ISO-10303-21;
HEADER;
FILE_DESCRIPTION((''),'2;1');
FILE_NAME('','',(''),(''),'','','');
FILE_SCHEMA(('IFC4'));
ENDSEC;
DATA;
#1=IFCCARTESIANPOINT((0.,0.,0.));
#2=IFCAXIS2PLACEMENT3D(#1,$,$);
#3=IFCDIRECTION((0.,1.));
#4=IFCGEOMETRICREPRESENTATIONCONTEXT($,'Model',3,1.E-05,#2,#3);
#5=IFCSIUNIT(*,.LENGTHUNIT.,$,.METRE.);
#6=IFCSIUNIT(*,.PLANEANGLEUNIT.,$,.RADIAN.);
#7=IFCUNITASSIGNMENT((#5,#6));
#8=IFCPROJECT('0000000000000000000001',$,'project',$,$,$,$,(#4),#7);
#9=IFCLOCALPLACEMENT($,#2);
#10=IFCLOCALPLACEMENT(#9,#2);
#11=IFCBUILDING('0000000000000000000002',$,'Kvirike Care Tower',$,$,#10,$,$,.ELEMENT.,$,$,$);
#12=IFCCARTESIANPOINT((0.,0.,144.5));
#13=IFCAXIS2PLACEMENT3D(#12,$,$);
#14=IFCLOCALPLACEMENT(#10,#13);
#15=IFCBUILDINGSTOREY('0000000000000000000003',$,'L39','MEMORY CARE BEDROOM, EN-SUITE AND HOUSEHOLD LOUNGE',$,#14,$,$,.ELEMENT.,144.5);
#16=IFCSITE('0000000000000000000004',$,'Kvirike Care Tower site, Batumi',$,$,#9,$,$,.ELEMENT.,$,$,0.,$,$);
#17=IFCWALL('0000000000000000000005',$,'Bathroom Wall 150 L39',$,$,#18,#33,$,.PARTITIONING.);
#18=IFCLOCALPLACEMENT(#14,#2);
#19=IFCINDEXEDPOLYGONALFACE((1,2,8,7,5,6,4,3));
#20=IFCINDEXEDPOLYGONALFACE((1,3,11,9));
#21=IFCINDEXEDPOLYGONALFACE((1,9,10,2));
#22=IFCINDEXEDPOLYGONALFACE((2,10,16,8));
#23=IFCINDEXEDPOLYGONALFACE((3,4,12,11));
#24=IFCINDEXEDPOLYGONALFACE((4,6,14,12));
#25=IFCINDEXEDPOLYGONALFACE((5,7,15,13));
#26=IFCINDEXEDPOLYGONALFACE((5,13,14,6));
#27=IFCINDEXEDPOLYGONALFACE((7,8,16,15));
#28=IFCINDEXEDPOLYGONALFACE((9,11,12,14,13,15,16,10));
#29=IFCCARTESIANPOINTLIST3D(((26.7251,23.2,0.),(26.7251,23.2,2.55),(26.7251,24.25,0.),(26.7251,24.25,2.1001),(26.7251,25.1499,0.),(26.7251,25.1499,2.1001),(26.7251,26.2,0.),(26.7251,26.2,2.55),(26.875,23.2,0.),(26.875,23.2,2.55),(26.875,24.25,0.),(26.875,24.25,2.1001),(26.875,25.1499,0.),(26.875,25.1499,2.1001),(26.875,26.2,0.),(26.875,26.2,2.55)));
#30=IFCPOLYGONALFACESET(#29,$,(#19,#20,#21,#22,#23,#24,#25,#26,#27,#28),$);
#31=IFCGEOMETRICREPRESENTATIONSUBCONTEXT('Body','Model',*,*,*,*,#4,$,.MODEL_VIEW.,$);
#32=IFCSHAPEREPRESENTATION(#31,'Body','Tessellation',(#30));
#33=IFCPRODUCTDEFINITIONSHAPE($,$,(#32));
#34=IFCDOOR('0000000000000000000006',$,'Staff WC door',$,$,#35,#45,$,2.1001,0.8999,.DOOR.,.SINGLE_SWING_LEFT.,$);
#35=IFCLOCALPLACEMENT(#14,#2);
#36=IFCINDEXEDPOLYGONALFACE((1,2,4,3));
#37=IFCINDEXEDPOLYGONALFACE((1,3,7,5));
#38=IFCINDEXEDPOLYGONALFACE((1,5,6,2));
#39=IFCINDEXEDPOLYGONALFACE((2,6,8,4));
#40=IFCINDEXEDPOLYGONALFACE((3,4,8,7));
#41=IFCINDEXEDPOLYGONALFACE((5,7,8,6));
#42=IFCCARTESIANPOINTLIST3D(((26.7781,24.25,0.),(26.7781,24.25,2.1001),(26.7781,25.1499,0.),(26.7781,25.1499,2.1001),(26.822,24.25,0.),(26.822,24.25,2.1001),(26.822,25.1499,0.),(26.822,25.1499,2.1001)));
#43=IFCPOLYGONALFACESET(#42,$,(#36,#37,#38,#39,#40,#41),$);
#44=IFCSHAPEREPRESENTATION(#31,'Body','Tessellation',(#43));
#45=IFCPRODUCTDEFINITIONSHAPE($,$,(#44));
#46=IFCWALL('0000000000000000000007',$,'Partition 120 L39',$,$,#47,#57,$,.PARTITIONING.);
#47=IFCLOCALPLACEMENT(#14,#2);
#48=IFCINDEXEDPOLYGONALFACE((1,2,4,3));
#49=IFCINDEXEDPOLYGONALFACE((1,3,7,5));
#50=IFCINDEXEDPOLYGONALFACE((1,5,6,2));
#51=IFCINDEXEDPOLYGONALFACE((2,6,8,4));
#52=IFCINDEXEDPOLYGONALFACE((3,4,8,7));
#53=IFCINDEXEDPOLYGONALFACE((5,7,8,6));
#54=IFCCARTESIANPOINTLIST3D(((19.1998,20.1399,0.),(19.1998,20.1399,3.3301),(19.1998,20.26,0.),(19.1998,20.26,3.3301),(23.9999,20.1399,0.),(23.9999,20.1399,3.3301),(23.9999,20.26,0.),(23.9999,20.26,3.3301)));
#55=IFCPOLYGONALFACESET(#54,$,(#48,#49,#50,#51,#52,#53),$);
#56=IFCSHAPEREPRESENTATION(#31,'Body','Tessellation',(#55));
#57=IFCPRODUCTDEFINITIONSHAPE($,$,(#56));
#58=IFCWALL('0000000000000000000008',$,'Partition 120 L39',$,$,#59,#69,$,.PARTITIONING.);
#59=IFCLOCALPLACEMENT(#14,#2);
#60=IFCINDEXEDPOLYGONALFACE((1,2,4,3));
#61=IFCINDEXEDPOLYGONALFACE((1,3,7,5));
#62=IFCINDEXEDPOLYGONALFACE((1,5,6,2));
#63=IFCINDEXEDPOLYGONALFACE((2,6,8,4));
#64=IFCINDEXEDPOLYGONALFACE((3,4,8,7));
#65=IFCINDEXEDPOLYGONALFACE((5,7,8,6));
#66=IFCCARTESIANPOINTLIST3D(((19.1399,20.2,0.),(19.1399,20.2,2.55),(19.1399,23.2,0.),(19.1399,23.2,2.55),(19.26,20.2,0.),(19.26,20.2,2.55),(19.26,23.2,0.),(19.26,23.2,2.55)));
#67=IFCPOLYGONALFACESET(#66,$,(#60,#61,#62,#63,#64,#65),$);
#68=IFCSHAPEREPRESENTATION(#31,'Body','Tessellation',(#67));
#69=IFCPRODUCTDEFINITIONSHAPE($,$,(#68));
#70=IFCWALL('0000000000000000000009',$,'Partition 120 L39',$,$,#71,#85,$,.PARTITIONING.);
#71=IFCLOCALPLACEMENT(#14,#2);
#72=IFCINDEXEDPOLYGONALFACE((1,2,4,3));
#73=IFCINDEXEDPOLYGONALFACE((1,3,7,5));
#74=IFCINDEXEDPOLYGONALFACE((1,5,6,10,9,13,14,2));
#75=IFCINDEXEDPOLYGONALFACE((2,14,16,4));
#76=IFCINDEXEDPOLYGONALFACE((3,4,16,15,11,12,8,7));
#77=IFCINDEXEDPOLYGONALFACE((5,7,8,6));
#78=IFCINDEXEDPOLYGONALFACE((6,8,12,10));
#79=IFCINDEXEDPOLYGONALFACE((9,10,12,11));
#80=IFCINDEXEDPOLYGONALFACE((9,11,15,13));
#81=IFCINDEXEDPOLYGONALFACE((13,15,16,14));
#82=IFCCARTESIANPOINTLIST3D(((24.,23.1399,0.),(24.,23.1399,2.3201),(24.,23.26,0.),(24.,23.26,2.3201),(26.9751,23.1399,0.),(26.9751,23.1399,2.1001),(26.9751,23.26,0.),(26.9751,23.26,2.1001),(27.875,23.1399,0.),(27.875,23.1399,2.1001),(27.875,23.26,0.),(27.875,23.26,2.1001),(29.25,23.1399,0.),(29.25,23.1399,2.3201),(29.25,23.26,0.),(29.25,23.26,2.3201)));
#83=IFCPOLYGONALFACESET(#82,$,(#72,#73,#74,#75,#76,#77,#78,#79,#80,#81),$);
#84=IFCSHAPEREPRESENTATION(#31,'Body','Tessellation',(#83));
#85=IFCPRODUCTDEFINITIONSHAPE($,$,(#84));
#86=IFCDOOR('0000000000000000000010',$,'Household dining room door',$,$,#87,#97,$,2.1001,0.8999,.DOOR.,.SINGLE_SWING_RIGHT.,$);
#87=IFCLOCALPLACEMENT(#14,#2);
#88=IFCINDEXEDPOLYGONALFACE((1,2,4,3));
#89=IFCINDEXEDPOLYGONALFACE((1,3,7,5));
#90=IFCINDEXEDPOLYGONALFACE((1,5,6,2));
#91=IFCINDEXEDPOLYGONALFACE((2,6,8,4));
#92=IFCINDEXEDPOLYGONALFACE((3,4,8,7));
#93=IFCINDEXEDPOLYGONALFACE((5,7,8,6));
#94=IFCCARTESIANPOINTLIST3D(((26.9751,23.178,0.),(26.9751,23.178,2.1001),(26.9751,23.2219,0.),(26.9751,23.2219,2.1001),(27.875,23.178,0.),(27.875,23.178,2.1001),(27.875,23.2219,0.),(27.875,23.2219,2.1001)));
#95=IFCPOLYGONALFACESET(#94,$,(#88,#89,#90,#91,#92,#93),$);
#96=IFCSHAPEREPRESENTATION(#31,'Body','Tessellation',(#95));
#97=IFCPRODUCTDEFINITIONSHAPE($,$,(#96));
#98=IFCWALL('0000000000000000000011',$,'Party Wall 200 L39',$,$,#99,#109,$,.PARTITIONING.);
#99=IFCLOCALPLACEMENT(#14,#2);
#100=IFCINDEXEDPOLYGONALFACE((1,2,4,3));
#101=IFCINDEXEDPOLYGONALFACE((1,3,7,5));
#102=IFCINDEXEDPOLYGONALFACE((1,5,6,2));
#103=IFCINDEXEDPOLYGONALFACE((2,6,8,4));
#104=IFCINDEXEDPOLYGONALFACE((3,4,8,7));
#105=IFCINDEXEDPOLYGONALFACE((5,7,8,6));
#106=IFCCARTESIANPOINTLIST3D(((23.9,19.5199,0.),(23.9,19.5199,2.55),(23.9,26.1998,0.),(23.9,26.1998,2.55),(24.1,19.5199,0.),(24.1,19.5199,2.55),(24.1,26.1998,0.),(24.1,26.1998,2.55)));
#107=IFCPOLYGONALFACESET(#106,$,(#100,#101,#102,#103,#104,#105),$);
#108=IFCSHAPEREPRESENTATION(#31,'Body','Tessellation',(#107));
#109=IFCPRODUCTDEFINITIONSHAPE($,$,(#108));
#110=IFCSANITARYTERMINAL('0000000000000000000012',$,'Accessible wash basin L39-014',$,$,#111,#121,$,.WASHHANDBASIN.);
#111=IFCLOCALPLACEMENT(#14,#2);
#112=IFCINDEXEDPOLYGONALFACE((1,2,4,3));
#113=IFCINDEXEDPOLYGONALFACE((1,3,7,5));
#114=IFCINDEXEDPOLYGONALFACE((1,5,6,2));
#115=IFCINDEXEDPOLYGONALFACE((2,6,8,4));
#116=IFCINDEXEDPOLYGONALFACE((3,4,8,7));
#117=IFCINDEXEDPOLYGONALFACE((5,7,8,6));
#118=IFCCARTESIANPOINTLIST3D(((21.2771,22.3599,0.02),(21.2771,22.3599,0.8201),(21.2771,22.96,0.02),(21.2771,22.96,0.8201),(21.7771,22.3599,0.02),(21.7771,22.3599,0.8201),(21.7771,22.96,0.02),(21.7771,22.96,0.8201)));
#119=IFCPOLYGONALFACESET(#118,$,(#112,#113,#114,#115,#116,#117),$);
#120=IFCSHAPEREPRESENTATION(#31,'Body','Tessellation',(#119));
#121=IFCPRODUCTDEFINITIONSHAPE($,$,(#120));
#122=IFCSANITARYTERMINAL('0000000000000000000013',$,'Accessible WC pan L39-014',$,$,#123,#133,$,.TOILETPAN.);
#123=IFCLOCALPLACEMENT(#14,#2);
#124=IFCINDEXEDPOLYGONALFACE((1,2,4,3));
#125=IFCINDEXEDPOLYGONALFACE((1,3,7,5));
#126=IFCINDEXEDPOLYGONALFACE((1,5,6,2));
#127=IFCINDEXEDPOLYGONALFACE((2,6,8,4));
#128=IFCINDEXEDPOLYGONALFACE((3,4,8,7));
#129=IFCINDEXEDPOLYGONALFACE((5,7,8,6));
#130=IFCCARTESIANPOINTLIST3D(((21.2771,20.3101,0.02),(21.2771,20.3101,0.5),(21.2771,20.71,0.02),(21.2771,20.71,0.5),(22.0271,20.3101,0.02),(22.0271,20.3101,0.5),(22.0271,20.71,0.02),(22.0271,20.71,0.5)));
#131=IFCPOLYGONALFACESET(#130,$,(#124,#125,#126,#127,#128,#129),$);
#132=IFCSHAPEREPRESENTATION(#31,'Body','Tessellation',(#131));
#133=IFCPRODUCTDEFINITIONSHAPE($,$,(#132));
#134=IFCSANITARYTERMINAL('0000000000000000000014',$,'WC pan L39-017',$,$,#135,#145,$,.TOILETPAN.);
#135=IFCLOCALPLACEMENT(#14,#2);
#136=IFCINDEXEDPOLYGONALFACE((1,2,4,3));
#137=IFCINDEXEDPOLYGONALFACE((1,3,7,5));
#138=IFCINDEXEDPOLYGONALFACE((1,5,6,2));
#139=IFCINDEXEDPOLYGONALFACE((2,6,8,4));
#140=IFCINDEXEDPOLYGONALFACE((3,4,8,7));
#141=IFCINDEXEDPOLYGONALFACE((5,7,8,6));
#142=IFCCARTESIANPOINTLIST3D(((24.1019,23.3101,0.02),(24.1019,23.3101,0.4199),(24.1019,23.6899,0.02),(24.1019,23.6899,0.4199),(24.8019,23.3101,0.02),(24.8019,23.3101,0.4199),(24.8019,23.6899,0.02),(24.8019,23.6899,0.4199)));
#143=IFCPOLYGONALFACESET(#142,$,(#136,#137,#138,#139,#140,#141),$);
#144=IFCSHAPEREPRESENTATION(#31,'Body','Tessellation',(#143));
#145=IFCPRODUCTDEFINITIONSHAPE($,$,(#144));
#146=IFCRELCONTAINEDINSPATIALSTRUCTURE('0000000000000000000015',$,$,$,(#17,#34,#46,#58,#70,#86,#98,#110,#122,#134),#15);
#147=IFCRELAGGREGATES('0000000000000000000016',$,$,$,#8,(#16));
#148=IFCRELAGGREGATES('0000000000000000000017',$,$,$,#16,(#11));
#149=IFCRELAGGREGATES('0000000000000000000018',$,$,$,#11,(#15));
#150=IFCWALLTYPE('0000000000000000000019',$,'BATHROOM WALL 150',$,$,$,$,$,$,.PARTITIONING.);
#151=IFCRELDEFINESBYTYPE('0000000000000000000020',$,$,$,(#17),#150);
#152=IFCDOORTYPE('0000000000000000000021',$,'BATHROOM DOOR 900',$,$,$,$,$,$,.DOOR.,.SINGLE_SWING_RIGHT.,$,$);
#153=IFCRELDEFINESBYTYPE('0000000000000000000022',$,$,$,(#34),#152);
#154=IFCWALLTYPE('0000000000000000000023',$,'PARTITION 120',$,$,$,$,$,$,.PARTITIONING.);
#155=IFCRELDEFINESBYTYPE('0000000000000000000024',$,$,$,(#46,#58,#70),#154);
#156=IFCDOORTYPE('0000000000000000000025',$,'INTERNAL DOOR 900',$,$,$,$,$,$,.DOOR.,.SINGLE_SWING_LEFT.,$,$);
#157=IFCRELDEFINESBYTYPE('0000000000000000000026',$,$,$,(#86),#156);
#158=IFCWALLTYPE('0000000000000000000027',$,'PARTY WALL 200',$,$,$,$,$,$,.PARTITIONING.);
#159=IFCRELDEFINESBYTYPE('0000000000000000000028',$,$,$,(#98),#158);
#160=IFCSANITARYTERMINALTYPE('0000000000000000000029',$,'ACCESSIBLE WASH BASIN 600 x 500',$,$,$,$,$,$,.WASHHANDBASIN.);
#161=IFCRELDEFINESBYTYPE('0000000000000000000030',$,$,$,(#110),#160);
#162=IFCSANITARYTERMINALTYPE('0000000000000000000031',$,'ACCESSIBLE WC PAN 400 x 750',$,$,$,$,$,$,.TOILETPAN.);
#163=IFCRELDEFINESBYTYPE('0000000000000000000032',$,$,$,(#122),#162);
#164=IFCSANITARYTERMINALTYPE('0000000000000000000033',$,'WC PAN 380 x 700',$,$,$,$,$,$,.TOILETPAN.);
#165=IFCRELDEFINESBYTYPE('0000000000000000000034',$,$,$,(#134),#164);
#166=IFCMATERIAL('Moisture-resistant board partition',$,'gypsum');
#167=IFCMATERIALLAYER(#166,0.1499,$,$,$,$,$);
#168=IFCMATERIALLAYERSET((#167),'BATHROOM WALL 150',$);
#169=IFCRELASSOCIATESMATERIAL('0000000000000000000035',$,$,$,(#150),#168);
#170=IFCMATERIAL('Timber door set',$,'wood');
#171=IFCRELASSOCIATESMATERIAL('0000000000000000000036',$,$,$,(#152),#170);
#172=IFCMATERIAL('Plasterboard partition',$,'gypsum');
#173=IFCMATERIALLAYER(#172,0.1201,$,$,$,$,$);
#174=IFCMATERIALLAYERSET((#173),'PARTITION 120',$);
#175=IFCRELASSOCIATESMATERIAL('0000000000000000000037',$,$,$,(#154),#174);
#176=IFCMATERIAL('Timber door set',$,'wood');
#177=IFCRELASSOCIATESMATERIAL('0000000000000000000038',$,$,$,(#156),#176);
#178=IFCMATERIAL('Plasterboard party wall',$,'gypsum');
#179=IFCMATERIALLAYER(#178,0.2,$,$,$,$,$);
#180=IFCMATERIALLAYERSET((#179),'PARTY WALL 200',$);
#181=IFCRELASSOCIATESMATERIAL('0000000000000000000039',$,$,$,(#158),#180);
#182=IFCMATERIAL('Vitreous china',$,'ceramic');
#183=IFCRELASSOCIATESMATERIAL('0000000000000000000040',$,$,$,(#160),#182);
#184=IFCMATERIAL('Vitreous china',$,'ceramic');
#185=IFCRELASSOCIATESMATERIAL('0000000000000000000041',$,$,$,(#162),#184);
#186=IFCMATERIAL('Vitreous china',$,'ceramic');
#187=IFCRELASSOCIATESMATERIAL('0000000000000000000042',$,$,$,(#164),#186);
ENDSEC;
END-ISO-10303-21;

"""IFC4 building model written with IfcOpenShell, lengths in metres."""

from ifc_helpers import new_model, si_unit, direction, frame, frame_2d, origin, origin_2d, place, context, subcontext, project, spatial, rectangle, extrude, material, layer, layer_set, type_object, element, fill, save


model = new_model("IFC4")

# Units and contexts
model_context = context("Model", 3, precision=1e-05, world=origin(), true_north=direction((0.0, 1.0)))
body_context = subcontext(model_context, "Body", "Model", "MODEL_VIEW")
ifc_project = project(units=[si_unit("LENGTHUNIT", "METRE"), si_unit("PLANEANGLEUNIT", "RADIAN")], contexts=[model_context])

# Site, building, storey
site_placement = place(None, origin())
site = spatial("IfcSite", under=ifc_project, at=site_placement, Name="Kvirike Care Tower site, Batumi", CompositionType="ELEMENT", RefElevation=0.0)
building_placement = place(site_placement, origin())
building = spatial("IfcBuilding", under=site, at=building_placement, Name="Kvirike Care Tower", CompositionType="ELEMENT")
storey_placement = place(building_placement, frame((0.0, 0.0, 144.5)))
storey = spatial("IfcBuildingStorey", under=building, at=storey_placement, Name="L39", Description="MEMORY CARE BEDROOM, EN-SUITE AND HOUSEHOLD LOUNGE", CompositionType="ELEMENT", Elevation=144.5)

# Shared definitions
ifc_material_1 = material(Name="Moisture-resistant board partition", Category="gypsum")
ifc_layer_1 = layer(ifc_material_1, 0.1499)
ifc_layer_set_1 = layer_set([ifc_layer_1], Name="BATHROOM WALL 150")
wall_type_1 = type_object("IfcWallType", Name="BATHROOM WALL 150", PredefinedType="PARTITIONING", material=ifc_layer_set_1)
ifc_material_2 = material(Name="Timber door set", Category="wood")
door_type_1 = type_object("IfcDoorType", Name="BATHROOM DOOR 900", OperationType="SINGLE_SWING_RIGHT", PredefinedType="DOOR", material=ifc_material_2)

# Wall, opening, door
wall_1_placement = place(storey_placement, frame((26.8, 23.2, 0.0), z_axis=(0.0, 0.0, 1.0), x_axis=(0.0, 1.0, 0.0)))
wall_1 = element("IfcWall", 1, at=wall_1_placement, inside=storey, type_object=wall_type_1, Name="Bathroom Wall 150 L39", PredefinedType="PARTITIONING", context=body_context, shape_type="SweptSolid", body=[
    extrude(rectangle(XDim=3.0, YDim=0.1499, at=frame_2d((1.5, 0.0))), origin(), (0.0, 0.0, 1.0), 2.55),
])
opening_1_placement = place(wall_1_placement, frame((1.05, 0.0, 0.0)))
opening_1 = element("IfcOpeningElement", 2, at=opening_1_placement, cuts=wall_1, PredefinedType="OPENING", context=body_context, shape_type="SweptSolid", body=[
    extrude(rectangle(XDim=0.8999, YDim=2.1001, at=frame_2d((0.45, 1.05))), frame((0.0, 0.0854, 0.0), z_axis=(0.0, -1.0, 0.0), x_axis=(1.0, 0.0, 0.0)), (0.0, 0.0, 1.0), 0.1709),
])
door_1_placement = place(opening_1_placement, frame((0.8999, 0.0, 0.0), z_axis=(0.0, 0.0, 1.0), x_axis=(-1.0, 0.0, 0.0)))
door_1 = element("IfcDoor", 3, at=door_1_placement, inside=storey, type_object=door_type_1, Name="Staff WC door", OperationType="SINGLE_SWING_LEFT", OverallHeight=2.1001, OverallWidth=0.8999, PredefinedType="DOOR", context=body_context, shape_type="SweptSolid", body=[
    extrude(rectangle(XDim=0.8999, YDim=2.1001, at=frame_2d((0.45, 1.05))), frame((0.0, 0.022, 0.0), z_axis=(0.0, -1.0, 0.0), x_axis=(1.0, 0.0, 0.0)), (0.0, 0.0, 1.0), 0.0439),
])
fill(opening_1, door_1)

# Walls
ifc_material_3 = material(Name="Plasterboard partition", Category="gypsum")
ifc_layer_2 = layer(ifc_material_3, 0.1201)
ifc_layer_set_2 = layer_set([ifc_layer_2], Name="PARTITION 120")
wall_type_2 = type_object("IfcWallType", Name="PARTITION 120", PredefinedType="PARTITIONING", material=ifc_layer_set_2)
wall_2_placement = place(storey_placement, frame((19.2, 20.2, 0.0), z_axis=(0.0, 0.0, 1.0), x_axis=(1.0, 0.0, 0.0)))
element("IfcWall", 4, at=wall_2_placement, inside=storey, type_object=wall_type_2, Name="Partition 120 L39", PredefinedType="PARTITIONING", context=body_context, shape_type="SweptSolid", body=[
    extrude(rectangle(XDim=4.8, YDim=0.1201, at=frame_2d((2.3999, 0.0))), origin(), (0.0, 0.0, 1.0), 3.3301),
])
wall_3_placement = place(storey_placement, frame((19.2, 20.2, 0.0), z_axis=(0.0, 0.0, 1.0), x_axis=(0.0, 1.0, 0.0)))
element("IfcWall", 5, at=wall_3_placement, inside=storey, type_object=wall_type_2, Name="Partition 120 L39", PredefinedType="PARTITIONING", context=body_context, shape_type="SweptSolid", body=[
    extrude(rectangle(XDim=3.0, YDim=0.1201, at=frame_2d((1.5, 0.0))), origin(), (0.0, 0.0, 1.0), 2.55),
])

# Wall, opening, door
wall_4_placement = place(storey_placement, frame((24.0, 23.2, 0.0), z_axis=(0.0, 0.0, 1.0), x_axis=(1.0, 0.0, 0.0)))
wall_4 = element("IfcWall", 6, at=wall_4_placement, inside=storey, type_object=wall_type_2, Name="Partition 120 L39", PredefinedType="PARTITIONING", context=body_context, shape_type="SweptSolid", body=[
    extrude(rectangle(XDim=5.25, YDim=0.1201, at=frame_2d((2.625, 0.0))), origin(), (0.0, 0.0, 1.0), 2.3201),
])
opening_2_placement = place(wall_4_placement, frame((2.9751, 0.0, 0.0)))
opening_2 = element("IfcOpeningElement", 7, at=opening_2_placement, cuts=wall_4, PredefinedType="OPENING", context=body_context, shape_type="SweptSolid", body=[
    extrude(rectangle(XDim=0.8999, YDim=2.1001, at=frame_2d((0.45, 1.05))), frame((0.0, 0.0706, 0.0), z_axis=(0.0, -1.0, 0.0), x_axis=(1.0, 0.0, 0.0)), (0.0, 0.0, 1.0), 0.1411),
])
ifc_material_4 = material(Name="Timber door set", Category="wood")
door_type_2 = type_object("IfcDoorType", Name="INTERNAL DOOR 900", OperationType="SINGLE_SWING_LEFT", PredefinedType="DOOR", material=ifc_material_4)
door_2_placement = place(opening_2_placement, origin())
door_2 = element("IfcDoor", 8, at=door_2_placement, inside=storey, type_object=door_type_2, Name="Household dining room door", OperationType="SINGLE_SWING_RIGHT", OverallHeight=2.1001, OverallWidth=0.8999, PredefinedType="DOOR", context=body_context, shape_type="SweptSolid", body=[
    extrude(rectangle(XDim=0.8999, YDim=2.1001, at=frame_2d((0.45, 1.05))), frame((0.0, 0.022, 0.0), z_axis=(0.0, -1.0, 0.0), x_axis=(1.0, 0.0, 0.0)), (0.0, 0.0, 1.0), 0.0439),
])
fill(opening_2, door_2)

# Wall
ifc_material_5 = material(Name="Plasterboard party wall", Category="gypsum")
ifc_layer_3 = layer(ifc_material_5, 0.2)
ifc_layer_set_3 = layer_set([ifc_layer_3], Name="PARTY WALL 200")
wall_type_3 = type_object("IfcWallType", Name="PARTY WALL 200", PredefinedType="PARTITIONING", material=ifc_layer_set_3)
wall_5_placement = place(storey_placement, frame((24.0, 19.52, 0.0), z_axis=(0.0, 0.0, 1.0), x_axis=(0.0, 1.0, 0.0)))
element("IfcWall", 9, at=wall_5_placement, inside=storey, type_object=wall_type_3, Name="Party Wall 200 L39", PredefinedType="PARTITIONING", context=body_context, shape_type="SweptSolid", body=[
    extrude(rectangle(XDim=6.6799, YDim=0.2, at=frame_2d((3.3398, 0.0))), origin(), (0.0, 0.0, 1.0), 2.55),
])

# Sanitary terminals
ifc_material_6 = material(Name="Vitreous china", Category="ceramic")
sanitary_terminal_type_1 = type_object("IfcSanitaryTerminalType", Name="ACCESSIBLE WASH BASIN 600 x 500", PredefinedType="WASHHANDBASIN", material=ifc_material_6)
sanitary_terminal_1_placement = place(storey_placement, frame((21.5271, 22.6599, 0.02), z_axis=(0.0, 0.0, 1.0), x_axis=(0.0, 1.0, 0.0)))
element("IfcSanitaryTerminal", 10, at=sanitary_terminal_1_placement, inside=storey, type_object=sanitary_terminal_type_1, Name="Accessible wash basin L39-014", PredefinedType="WASHHANDBASIN", context=body_context, shape_type="SweptSolid", body=[
    extrude(rectangle(XDim=0.6001, YDim=0.5, at=origin_2d()), origin(), (0.0, 0.0, 1.0), 0.8),
])
ifc_material_7 = material(Name="Vitreous china", Category="ceramic")
sanitary_terminal_type_2 = type_object("IfcSanitaryTerminalType", Name="ACCESSIBLE WC PAN 400 x 750", PredefinedType="TOILETPAN", material=ifc_material_7)
sanitary_terminal_2_placement = place(storey_placement, frame((21.6521, 20.51, 0.02), z_axis=(0.0, 0.0, 1.0), x_axis=(0.0, 1.0, 0.0)))
element("IfcSanitaryTerminal", 11, at=sanitary_terminal_2_placement, inside=storey, type_object=sanitary_terminal_type_2, Name="Accessible WC pan L39-014", PredefinedType="TOILETPAN", context=body_context, shape_type="SweptSolid", body=[
    extrude(rectangle(XDim=0.3999, YDim=0.75, at=origin_2d()), origin(), (0.0, 0.0, 1.0), 0.48),
])
ifc_material_8 = material(Name="Vitreous china", Category="ceramic")
sanitary_terminal_type_3 = type_object("IfcSanitaryTerminalType", Name="WC PAN 380 x 700", PredefinedType="TOILETPAN", material=ifc_material_8)
sanitary_terminal_3_placement = place(storey_placement, frame((24.4519, 23.5, 0.02), z_axis=(0.0, 0.0, 1.0), x_axis=(0.0, 1.0, 0.0)))
element("IfcSanitaryTerminal", 12, at=sanitary_terminal_3_placement, inside=storey, type_object=sanitary_terminal_type_3, Name="WC pan L39-017", PredefinedType="TOILETPAN", context=body_context, shape_type="SweptSolid", body=[
    extrude(rectangle(XDim=0.3799, YDim=0.7, at=origin_2d()), origin(), (0.0, 0.0, 1.0), 0.3999),
])

save(model, "model.ifc")
